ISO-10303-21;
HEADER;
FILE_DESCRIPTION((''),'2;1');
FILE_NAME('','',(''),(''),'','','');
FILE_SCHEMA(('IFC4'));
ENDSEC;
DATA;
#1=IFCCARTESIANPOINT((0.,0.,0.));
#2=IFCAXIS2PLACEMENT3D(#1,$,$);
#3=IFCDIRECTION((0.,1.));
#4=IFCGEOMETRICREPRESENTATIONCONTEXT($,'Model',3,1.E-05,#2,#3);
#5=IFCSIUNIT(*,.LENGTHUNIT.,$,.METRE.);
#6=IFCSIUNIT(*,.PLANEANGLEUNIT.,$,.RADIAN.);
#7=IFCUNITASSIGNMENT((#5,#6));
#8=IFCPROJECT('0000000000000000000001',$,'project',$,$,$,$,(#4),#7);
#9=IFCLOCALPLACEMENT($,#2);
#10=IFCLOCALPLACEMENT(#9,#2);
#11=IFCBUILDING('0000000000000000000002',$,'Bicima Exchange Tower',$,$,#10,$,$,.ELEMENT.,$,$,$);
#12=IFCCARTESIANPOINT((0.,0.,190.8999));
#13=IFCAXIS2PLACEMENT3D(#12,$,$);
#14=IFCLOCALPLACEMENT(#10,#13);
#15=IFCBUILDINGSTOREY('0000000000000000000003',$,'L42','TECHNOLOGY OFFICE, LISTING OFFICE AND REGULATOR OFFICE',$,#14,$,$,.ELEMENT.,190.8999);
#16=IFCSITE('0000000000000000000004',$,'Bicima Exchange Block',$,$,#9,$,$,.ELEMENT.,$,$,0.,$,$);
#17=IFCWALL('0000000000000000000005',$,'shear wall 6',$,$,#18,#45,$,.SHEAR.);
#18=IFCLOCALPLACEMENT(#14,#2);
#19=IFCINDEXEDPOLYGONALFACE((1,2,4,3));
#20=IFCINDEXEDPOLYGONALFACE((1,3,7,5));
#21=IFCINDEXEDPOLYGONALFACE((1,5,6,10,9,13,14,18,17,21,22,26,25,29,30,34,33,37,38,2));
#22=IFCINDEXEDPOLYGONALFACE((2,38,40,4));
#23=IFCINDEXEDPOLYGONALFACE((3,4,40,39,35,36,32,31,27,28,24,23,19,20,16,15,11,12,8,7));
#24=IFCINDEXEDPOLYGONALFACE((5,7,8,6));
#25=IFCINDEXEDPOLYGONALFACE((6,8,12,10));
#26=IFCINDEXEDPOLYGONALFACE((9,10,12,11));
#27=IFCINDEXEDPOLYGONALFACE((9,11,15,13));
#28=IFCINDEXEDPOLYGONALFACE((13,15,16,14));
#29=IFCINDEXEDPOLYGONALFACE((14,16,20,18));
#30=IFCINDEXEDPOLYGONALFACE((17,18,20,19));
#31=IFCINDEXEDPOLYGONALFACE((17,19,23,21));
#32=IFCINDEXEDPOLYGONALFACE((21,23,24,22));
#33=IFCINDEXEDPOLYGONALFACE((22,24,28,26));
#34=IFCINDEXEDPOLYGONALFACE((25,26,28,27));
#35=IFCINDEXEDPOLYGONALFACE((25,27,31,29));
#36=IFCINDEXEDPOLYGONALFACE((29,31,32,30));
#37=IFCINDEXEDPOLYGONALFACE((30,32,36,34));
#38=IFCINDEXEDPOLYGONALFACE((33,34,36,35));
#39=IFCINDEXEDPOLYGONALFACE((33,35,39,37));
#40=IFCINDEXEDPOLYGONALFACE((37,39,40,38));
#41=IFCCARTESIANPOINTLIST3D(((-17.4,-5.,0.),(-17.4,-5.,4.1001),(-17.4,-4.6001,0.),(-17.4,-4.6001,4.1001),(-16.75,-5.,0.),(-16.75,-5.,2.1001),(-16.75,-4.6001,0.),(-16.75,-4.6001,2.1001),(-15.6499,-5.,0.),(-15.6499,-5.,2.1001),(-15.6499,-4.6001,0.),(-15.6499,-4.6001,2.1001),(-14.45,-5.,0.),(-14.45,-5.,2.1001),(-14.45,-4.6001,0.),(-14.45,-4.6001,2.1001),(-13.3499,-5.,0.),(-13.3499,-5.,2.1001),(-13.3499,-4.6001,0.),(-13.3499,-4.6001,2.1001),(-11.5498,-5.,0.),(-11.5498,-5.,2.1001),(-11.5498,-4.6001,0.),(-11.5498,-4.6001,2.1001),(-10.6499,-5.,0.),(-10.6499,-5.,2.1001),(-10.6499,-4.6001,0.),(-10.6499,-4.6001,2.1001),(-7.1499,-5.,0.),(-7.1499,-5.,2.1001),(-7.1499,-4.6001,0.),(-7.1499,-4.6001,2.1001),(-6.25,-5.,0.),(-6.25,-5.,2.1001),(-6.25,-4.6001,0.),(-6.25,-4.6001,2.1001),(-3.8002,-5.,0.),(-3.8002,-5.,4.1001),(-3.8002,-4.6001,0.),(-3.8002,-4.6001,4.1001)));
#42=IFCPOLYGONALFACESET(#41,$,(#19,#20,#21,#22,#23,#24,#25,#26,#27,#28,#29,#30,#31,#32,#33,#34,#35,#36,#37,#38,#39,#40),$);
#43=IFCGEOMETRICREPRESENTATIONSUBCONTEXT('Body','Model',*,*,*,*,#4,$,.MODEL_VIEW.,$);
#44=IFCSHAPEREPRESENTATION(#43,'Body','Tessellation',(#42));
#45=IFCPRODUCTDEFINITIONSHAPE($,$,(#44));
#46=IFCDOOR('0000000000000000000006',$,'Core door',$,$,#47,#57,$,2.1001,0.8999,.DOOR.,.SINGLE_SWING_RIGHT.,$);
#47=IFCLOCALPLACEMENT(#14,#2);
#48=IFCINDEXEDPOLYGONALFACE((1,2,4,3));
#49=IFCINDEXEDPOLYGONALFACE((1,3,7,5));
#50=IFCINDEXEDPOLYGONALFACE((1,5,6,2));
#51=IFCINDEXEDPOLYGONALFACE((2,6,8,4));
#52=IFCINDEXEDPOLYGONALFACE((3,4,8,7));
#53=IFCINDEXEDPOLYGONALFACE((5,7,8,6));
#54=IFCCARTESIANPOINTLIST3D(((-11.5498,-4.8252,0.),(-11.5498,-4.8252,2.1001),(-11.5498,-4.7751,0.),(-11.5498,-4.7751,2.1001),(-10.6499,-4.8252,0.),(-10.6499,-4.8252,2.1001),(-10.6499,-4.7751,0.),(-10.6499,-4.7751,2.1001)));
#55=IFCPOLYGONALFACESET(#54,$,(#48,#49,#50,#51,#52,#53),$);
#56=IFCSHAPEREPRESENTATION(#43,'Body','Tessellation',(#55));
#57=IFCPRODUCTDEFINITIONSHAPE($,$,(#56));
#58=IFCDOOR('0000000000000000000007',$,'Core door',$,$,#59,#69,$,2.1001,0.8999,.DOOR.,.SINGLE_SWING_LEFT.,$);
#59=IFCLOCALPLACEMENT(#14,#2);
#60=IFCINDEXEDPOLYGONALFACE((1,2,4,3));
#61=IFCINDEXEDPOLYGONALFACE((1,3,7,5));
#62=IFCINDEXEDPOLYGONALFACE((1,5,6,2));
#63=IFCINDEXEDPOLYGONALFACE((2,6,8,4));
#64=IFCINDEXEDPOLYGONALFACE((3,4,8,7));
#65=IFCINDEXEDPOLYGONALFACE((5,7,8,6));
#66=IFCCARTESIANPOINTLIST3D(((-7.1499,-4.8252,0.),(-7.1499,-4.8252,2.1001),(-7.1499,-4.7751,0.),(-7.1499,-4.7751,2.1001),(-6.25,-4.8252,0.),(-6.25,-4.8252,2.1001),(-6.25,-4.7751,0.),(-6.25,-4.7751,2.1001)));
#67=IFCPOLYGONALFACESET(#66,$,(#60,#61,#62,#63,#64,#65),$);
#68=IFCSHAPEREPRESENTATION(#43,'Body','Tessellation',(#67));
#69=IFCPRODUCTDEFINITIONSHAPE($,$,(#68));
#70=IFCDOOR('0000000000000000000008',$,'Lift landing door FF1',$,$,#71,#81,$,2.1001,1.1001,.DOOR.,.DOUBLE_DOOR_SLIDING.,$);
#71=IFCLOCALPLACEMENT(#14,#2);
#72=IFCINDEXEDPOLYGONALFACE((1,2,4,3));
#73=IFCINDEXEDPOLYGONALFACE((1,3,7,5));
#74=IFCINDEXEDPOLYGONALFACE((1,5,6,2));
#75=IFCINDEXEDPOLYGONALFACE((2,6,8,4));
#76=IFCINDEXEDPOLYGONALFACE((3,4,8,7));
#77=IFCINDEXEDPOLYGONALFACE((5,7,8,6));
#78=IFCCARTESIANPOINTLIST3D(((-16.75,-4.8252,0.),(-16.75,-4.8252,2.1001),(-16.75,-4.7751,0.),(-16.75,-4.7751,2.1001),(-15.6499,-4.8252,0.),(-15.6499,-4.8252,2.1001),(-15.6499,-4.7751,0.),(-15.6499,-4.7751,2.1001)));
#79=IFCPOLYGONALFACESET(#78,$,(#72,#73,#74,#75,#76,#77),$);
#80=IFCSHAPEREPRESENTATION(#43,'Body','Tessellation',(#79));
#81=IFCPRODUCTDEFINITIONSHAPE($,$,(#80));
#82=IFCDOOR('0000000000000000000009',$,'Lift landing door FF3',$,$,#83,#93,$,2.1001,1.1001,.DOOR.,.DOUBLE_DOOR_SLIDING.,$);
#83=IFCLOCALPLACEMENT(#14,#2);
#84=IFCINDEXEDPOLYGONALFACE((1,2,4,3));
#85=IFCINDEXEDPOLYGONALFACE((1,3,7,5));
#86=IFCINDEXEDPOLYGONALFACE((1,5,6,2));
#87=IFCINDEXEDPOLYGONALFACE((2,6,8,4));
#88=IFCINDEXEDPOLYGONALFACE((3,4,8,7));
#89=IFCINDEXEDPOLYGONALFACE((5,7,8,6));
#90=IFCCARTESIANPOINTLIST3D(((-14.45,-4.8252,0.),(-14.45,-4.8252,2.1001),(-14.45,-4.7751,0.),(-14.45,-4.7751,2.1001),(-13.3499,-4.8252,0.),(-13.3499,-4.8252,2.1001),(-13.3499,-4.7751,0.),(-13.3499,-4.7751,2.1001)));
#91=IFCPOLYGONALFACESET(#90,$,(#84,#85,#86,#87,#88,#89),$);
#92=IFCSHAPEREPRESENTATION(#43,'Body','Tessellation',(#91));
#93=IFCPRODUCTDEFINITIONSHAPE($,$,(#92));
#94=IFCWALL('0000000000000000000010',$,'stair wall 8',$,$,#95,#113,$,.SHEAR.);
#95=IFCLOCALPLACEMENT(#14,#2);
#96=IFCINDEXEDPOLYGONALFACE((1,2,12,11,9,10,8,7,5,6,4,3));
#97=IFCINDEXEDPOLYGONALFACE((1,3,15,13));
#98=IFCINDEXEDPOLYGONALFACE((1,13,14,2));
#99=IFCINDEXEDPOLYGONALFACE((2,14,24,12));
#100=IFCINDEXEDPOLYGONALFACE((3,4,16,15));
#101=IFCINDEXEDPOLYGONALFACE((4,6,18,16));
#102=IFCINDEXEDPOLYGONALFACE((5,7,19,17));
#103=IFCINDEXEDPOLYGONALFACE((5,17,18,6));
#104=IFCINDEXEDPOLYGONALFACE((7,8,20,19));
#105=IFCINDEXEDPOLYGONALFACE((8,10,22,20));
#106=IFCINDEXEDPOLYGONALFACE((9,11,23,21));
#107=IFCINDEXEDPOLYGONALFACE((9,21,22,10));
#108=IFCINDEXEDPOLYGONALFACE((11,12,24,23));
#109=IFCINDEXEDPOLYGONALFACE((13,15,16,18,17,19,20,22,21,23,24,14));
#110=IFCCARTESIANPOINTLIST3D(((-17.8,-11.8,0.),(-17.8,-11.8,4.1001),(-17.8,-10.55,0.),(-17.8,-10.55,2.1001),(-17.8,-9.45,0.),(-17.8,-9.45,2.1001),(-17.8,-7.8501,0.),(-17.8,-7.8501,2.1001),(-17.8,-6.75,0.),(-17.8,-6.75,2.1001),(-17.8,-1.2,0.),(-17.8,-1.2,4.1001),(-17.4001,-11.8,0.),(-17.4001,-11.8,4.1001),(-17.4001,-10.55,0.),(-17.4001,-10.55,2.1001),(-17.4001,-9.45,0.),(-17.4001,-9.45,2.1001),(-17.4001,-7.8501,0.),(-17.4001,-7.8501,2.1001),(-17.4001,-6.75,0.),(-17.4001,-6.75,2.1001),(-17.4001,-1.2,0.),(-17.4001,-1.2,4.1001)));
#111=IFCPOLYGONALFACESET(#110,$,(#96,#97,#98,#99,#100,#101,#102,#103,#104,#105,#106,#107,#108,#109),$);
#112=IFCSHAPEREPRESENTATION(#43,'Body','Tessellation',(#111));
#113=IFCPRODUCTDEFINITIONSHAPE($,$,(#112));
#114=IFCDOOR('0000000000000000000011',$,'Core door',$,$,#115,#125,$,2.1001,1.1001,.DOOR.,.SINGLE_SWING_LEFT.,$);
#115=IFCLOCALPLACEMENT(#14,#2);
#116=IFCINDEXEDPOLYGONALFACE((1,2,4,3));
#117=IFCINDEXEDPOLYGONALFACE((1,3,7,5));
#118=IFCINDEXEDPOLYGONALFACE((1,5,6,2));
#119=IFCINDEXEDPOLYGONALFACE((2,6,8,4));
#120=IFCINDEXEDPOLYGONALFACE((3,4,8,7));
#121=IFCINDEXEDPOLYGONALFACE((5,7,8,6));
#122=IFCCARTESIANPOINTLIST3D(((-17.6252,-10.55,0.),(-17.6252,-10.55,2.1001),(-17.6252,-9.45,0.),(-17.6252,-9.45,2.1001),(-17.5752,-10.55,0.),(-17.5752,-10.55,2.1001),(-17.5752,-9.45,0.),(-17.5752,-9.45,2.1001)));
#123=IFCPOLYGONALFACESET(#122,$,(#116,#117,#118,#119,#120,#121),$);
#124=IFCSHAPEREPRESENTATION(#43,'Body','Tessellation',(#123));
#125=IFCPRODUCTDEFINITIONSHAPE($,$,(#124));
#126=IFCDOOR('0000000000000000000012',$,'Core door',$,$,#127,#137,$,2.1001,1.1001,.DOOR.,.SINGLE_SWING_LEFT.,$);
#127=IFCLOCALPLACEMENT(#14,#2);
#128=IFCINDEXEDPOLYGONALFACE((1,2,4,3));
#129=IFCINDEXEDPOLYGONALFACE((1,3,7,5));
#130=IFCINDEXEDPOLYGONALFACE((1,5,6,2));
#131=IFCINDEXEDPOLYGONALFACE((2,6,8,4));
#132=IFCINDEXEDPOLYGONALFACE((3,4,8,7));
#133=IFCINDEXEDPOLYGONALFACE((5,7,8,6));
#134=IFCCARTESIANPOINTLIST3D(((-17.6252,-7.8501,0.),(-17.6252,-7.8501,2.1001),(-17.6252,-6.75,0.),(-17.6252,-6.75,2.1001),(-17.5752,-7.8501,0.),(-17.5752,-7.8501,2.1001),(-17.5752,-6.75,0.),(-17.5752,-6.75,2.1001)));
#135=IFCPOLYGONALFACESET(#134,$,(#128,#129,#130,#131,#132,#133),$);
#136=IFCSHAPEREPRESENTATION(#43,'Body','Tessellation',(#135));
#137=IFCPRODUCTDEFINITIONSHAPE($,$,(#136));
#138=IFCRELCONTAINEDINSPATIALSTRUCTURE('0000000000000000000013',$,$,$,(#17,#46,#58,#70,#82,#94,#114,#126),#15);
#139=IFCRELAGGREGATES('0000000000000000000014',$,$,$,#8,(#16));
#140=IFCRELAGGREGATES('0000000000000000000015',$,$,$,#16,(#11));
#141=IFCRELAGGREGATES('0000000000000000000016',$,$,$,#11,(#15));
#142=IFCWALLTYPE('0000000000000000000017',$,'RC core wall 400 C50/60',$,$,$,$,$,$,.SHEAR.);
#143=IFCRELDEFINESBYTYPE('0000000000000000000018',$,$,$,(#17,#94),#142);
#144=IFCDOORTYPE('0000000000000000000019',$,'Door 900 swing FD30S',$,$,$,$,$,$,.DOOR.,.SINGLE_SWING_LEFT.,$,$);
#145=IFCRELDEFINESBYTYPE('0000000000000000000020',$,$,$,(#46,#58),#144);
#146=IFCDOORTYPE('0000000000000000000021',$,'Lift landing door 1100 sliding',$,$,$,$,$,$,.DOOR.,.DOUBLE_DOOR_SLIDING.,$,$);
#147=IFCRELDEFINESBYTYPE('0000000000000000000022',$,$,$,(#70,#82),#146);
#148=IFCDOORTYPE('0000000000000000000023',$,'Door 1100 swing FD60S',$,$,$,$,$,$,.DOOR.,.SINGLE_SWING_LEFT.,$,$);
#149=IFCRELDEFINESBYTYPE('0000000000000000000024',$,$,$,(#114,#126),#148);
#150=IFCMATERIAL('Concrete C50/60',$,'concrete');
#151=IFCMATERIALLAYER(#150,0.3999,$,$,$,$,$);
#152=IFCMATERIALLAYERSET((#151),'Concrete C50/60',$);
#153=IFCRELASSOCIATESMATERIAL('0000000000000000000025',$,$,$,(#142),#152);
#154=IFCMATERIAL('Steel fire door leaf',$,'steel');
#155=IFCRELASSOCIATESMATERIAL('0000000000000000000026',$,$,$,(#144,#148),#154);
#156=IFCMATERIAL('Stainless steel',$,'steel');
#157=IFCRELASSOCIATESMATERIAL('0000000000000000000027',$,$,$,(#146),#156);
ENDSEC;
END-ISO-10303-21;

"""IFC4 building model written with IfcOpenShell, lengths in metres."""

from ifc_helpers import new_model, si_unit, direction, frame, frame_2d, origin, place, context, subcontext, project, spatial, rectangle, extrude, material, layer, layer_set, type_object, element, fill, save


model = new_model("IFC4")

# Units and contexts
model_context = context("Model", 3, precision=1e-05, world=origin(), true_north=direction((0.0, 1.0)))
body_context = subcontext(model_context, "Body", "Model", "MODEL_VIEW")
ifc_project = project(units=[si_unit("LENGTHUNIT", "METRE"), si_unit("PLANEANGLEUNIT", "RADIAN")], contexts=[model_context])

# Site, building, storey
site_placement = place(None, origin())
site = spatial("IfcSite", under=ifc_project, at=site_placement, Name="Bicima Exchange Block", CompositionType="ELEMENT", RefElevation=0.0)
building_placement = place(site_placement, origin())
building = spatial("IfcBuilding", under=site, at=building_placement, Name="Bicima Exchange Tower", CompositionType="ELEMENT")
storey_placement = place(building_placement, frame((0.0, 0.0, 190.8999)))
storey = spatial("IfcBuildingStorey", under=building, at=storey_placement, Name="L42", Description="TECHNOLOGY OFFICE, LISTING OFFICE AND REGULATOR OFFICE", CompositionType="ELEMENT", Elevation=190.8999)

# Walls, openings, doors
ifc_material_1 = material(Name="Concrete C50/60", Category="concrete")
ifc_layer_1 = layer(ifc_material_1, 0.3999)
ifc_layer_set_1 = layer_set([ifc_layer_1], Name="Concrete C50/60")
wall_type_1 = type_object("IfcWallType", Name="RC core wall 400 C50/60", PredefinedType="SHEAR", material=ifc_layer_set_1)
ifc_material_2 = material(Name="Steel fire door leaf", Category="steel")
door_type_1 = type_object("IfcDoorType", Name="Door 900 swing FD30S", OperationType="SINGLE_SWING_LEFT", PredefinedType="DOOR", material=ifc_material_2)
ifc_material_3 = material(Name="Stainless steel", Category="steel")
wall_1_placement = place(storey_placement, frame((-17.3999, -4.8, 0.0), z_axis=(0.0, 0.0, 1.0), x_axis=(1.0, 0.0, 0.0)))
wall_1 = element("IfcWall", 1, at=wall_1_placement, inside=storey, type_object=wall_type_1, Name="shear wall 6", PredefinedType="SHEAR", context=body_context, shape_type="SweptSolid", body=[
    extrude(rectangle(XDim=13.5999, YDim=0.3999, at=frame_2d((6.7998, 0.0))), origin(), (0.0, 0.0, 1.0), 4.1001),
])
opening_1_placement = place(wall_1_placement, frame((0.6499, 0.0, 0.0)))
opening_1 = element("IfcOpeningElement", 2, at=opening_1_placement, cuts=wall_1, PredefinedType="OPENING", context=body_context, shape_type="SweptSolid", body=[
    extrude(rectangle(XDim=1.1001, YDim=2.1001, at=frame_2d((0.55, 1.05))), frame((0.0, 0.2119, 0.0), z_axis=(0.0, -1.0, 0.0), x_axis=(1.0, 0.0, 0.0)), (0.0, 0.0, 1.0), 0.4238),
])
opening_2_placement = place(wall_1_placement, frame((2.95, 0.0, 0.0)))
opening_2 = element("IfcOpeningElement", 3, at=opening_2_placement, cuts=wall_1, PredefinedType="OPENING", context=body_context, shape_type="SweptSolid", body=[
    extrude(rectangle(XDim=1.1001, YDim=2.1001, at=frame_2d((0.55, 1.05))), frame((0.0, 0.2119, 0.0), z_axis=(0.0, -1.0, 0.0), x_axis=(1.0, 0.0, 0.0)), (0.0, 0.0, 1.0), 0.4238),
])
opening_3_placement = place(wall_1_placement, frame((5.8501, 0.0, 0.0)))
opening_3 = element("IfcOpeningElement", 4, at=opening_3_placement, cuts=wall_1, PredefinedType="OPENING", context=body_context, shape_type="SweptSolid", body=[
    extrude(rectangle(XDim=0.8999, YDim=2.1001, at=frame_2d((0.45, 1.05))), frame((0.0, 0.2119, 0.0), z_axis=(0.0, -1.0, 0.0), x_axis=(1.0, 0.0, 0.0)), (0.0, 0.0, 1.0), 0.4238),
])
opening_4_placement = place(wall_1_placement, frame((10.25, 0.0, 0.0)))
opening_4 = element("IfcOpeningElement", 5, at=opening_4_placement, cuts=wall_1, PredefinedType="OPENING", context=body_context, shape_type="SweptSolid", body=[
    extrude(rectangle(XDim=0.8999, YDim=2.1001, at=frame_2d((0.45, 1.05))), frame((0.0, 0.2119, 0.0), z_axis=(0.0, -1.0, 0.0), x_axis=(1.0, 0.0, 0.0)), (0.0, 0.0, 1.0), 0.4238),
])
door_1_placement = place(opening_3_placement, origin())
door_1 = element("IfcDoor", 6, at=door_1_placement, inside=storey, type_object=door_type_1, Name="Core door", OperationType="SINGLE_SWING_RIGHT", OverallHeight=2.1001, OverallWidth=0.8999, PredefinedType="DOOR", context=body_context, shape_type="SweptSolid", body=[
    extrude(rectangle(XDim=0.8999, YDim=2.1001, at=frame_2d((0.45, 1.05))), frame((0.0, 0.0249, 0.0), z_axis=(0.0, -1.0, 0.0), x_axis=(1.0, 0.0, 0.0)), (0.0, 0.0, 1.0), 0.05),
])
fill(opening_3, door_1)
door_2_placement = place(opening_4_placement, origin())
door_2 = element("IfcDoor", 7, at=door_2_placement, inside=storey, type_object=door_type_1, Name="Core door", OperationType="SINGLE_SWING_LEFT", OverallHeight=2.1001, OverallWidth=0.8999, PredefinedType="DOOR", context=body_context, shape_type="SweptSolid", body=[
    extrude(rectangle(XDim=0.8999, YDim=2.1001, at=frame_2d((0.45, 1.05))), frame((0.0, 0.0249, 0.0), z_axis=(0.0, -1.0, 0.0), x_axis=(1.0, 0.0, 0.0)), (0.0, 0.0, 1.0), 0.05),
])
fill(opening_4, door_2)
door_type_2 = type_object("IfcDoorType", Name="Lift landing door 1100 sliding", OperationType="DOUBLE_DOOR_SLIDING", PredefinedType="DOOR", material=ifc_material_3)
door_3_placement = place(opening_1_placement, origin())
door_3 = element("IfcDoor", 8, at=door_3_placement, inside=storey, type_object=door_type_2, Name="Lift landing door FF1", OperationType="DOUBLE_DOOR_SLIDING", OverallHeight=2.1001, OverallWidth=1.1001, PredefinedType="DOOR", context=body_context, shape_type="SweptSolid", body=[
    extrude(rectangle(XDim=1.1001, YDim=2.1001, at=frame_2d((0.55, 1.05))), frame((0.0, 0.0249, 0.0), z_axis=(0.0, -1.0, 0.0), x_axis=(1.0, 0.0, 0.0)), (0.0, 0.0, 1.0), 0.05),
])
fill(opening_1, door_3)
door_4_placement = place(opening_2_placement, origin())
door_4 = element("IfcDoor", 9, at=door_4_placement, inside=storey, type_object=door_type_2, Name="Lift landing door FF3", OperationType="DOUBLE_DOOR_SLIDING", OverallHeight=2.1001, OverallWidth=1.1001, PredefinedType="DOOR", context=body_context, shape_type="SweptSolid", body=[
    extrude(rectangle(XDim=1.1001, YDim=2.1001, at=frame_2d((0.55, 1.05))), frame((0.0, 0.0249, 0.0), z_axis=(0.0, -1.0, 0.0), x_axis=(1.0, 0.0, 0.0)), (0.0, 0.0, 1.0), 0.05),
])
fill(opening_2, door_4)
wall_2_placement = place(storey_placement, frame((-17.6001, -11.8, 0.0), z_axis=(0.0, 0.0, 1.0), x_axis=(0.0, 1.0, 0.0)))
wall_2 = element("IfcWall", 10, at=wall_2_placement, inside=storey, type_object=wall_type_1, Name="stair wall 8", PredefinedType="SHEAR", context=body_context, shape_type="SweptSolid", body=[
    extrude(rectangle(XDim=10.6001, YDim=0.3999, at=frame_2d((5.3, 0.0))), origin(), (0.0, 0.0, 1.0), 4.1001),
])
opening_5_placement = place(wall_2_placement, frame((1.25, 0.0, 0.0)))
opening_5 = element("IfcOpeningElement", 11, at=opening_5_placement, cuts=wall_2, PredefinedType="OPENING", context=body_context, shape_type="SweptSolid", body=[
    extrude(rectangle(XDim=1.1001, YDim=2.1001, at=frame_2d((0.55, 1.05))), frame((0.0, 0.2119, 0.0), z_axis=(0.0, -1.0, 0.0), x_axis=(1.0, 0.0, 0.0)), (0.0, 0.0, 1.0), 0.4238),
])
opening_6_placement = place(wall_2_placement, frame((3.95, 0.0, 0.0)))
opening_6 = element("IfcOpeningElement", 12, at=opening_6_placement, cuts=wall_2, PredefinedType="OPENING", context=body_context, shape_type="SweptSolid", body=[
    extrude(rectangle(XDim=1.1001, YDim=2.1001, at=frame_2d((0.55, 1.05))), frame((0.0, 0.2119, 0.0), z_axis=(0.0, -1.0, 0.0), x_axis=(1.0, 0.0, 0.0)), (0.0, 0.0, 1.0), 0.4238),
])
door_type_3 = type_object("IfcDoorType", Name="Door 1100 swing FD60S", OperationType="SINGLE_SWING_LEFT", PredefinedType="DOOR", material=ifc_material_2)
door_5_placement = place(opening_5_placement, frame((1.1001, 0.0, 0.0), z_axis=(0.0, 0.0, 1.0), x_axis=(-1.0, 0.0, 0.0)))
door_5 = element("IfcDoor", 13, at=door_5_placement, inside=storey, type_object=door_type_3, Name="Core door", OperationType="SINGLE_SWING_LEFT", OverallHeight=2.1001, OverallWidth=1.1001, PredefinedType="DOOR", context=body_context, shape_type="SweptSolid", body=[
    extrude(rectangle(XDim=1.1001, YDim=2.1001, at=frame_2d((0.55, 1.05))), frame((0.0, 0.0249, 0.0), z_axis=(0.0, -1.0, 0.0), x_axis=(1.0, 0.0, 0.0)), (0.0, 0.0, 1.0), 0.05),
])
fill(opening_5, door_5)
door_6_placement = place(opening_6_placement, frame((1.1001, 0.0, 0.0), z_axis=(0.0, 0.0, 1.0), x_axis=(-1.0, 0.0, 0.0)))
door_6 = element("IfcDoor", 14, at=door_6_placement, inside=storey, type_object=door_type_3, Name="Core door", OperationType="SINGLE_SWING_LEFT", OverallHeight=2.1001, OverallWidth=1.1001, PredefinedType="DOOR", context=body_context, shape_type="SweptSolid", body=[
    extrude(rectangle(XDim=1.1001, YDim=2.1001, at=frame_2d((0.55, 1.05))), frame((0.0, 0.0249, 0.0), z_axis=(0.0, -1.0, 0.0), x_axis=(1.0, 0.0, 0.0)), (0.0, 0.0, 1.0), 0.05),
])
fill(opening_6, door_6)

save(model, "model.ifc")
